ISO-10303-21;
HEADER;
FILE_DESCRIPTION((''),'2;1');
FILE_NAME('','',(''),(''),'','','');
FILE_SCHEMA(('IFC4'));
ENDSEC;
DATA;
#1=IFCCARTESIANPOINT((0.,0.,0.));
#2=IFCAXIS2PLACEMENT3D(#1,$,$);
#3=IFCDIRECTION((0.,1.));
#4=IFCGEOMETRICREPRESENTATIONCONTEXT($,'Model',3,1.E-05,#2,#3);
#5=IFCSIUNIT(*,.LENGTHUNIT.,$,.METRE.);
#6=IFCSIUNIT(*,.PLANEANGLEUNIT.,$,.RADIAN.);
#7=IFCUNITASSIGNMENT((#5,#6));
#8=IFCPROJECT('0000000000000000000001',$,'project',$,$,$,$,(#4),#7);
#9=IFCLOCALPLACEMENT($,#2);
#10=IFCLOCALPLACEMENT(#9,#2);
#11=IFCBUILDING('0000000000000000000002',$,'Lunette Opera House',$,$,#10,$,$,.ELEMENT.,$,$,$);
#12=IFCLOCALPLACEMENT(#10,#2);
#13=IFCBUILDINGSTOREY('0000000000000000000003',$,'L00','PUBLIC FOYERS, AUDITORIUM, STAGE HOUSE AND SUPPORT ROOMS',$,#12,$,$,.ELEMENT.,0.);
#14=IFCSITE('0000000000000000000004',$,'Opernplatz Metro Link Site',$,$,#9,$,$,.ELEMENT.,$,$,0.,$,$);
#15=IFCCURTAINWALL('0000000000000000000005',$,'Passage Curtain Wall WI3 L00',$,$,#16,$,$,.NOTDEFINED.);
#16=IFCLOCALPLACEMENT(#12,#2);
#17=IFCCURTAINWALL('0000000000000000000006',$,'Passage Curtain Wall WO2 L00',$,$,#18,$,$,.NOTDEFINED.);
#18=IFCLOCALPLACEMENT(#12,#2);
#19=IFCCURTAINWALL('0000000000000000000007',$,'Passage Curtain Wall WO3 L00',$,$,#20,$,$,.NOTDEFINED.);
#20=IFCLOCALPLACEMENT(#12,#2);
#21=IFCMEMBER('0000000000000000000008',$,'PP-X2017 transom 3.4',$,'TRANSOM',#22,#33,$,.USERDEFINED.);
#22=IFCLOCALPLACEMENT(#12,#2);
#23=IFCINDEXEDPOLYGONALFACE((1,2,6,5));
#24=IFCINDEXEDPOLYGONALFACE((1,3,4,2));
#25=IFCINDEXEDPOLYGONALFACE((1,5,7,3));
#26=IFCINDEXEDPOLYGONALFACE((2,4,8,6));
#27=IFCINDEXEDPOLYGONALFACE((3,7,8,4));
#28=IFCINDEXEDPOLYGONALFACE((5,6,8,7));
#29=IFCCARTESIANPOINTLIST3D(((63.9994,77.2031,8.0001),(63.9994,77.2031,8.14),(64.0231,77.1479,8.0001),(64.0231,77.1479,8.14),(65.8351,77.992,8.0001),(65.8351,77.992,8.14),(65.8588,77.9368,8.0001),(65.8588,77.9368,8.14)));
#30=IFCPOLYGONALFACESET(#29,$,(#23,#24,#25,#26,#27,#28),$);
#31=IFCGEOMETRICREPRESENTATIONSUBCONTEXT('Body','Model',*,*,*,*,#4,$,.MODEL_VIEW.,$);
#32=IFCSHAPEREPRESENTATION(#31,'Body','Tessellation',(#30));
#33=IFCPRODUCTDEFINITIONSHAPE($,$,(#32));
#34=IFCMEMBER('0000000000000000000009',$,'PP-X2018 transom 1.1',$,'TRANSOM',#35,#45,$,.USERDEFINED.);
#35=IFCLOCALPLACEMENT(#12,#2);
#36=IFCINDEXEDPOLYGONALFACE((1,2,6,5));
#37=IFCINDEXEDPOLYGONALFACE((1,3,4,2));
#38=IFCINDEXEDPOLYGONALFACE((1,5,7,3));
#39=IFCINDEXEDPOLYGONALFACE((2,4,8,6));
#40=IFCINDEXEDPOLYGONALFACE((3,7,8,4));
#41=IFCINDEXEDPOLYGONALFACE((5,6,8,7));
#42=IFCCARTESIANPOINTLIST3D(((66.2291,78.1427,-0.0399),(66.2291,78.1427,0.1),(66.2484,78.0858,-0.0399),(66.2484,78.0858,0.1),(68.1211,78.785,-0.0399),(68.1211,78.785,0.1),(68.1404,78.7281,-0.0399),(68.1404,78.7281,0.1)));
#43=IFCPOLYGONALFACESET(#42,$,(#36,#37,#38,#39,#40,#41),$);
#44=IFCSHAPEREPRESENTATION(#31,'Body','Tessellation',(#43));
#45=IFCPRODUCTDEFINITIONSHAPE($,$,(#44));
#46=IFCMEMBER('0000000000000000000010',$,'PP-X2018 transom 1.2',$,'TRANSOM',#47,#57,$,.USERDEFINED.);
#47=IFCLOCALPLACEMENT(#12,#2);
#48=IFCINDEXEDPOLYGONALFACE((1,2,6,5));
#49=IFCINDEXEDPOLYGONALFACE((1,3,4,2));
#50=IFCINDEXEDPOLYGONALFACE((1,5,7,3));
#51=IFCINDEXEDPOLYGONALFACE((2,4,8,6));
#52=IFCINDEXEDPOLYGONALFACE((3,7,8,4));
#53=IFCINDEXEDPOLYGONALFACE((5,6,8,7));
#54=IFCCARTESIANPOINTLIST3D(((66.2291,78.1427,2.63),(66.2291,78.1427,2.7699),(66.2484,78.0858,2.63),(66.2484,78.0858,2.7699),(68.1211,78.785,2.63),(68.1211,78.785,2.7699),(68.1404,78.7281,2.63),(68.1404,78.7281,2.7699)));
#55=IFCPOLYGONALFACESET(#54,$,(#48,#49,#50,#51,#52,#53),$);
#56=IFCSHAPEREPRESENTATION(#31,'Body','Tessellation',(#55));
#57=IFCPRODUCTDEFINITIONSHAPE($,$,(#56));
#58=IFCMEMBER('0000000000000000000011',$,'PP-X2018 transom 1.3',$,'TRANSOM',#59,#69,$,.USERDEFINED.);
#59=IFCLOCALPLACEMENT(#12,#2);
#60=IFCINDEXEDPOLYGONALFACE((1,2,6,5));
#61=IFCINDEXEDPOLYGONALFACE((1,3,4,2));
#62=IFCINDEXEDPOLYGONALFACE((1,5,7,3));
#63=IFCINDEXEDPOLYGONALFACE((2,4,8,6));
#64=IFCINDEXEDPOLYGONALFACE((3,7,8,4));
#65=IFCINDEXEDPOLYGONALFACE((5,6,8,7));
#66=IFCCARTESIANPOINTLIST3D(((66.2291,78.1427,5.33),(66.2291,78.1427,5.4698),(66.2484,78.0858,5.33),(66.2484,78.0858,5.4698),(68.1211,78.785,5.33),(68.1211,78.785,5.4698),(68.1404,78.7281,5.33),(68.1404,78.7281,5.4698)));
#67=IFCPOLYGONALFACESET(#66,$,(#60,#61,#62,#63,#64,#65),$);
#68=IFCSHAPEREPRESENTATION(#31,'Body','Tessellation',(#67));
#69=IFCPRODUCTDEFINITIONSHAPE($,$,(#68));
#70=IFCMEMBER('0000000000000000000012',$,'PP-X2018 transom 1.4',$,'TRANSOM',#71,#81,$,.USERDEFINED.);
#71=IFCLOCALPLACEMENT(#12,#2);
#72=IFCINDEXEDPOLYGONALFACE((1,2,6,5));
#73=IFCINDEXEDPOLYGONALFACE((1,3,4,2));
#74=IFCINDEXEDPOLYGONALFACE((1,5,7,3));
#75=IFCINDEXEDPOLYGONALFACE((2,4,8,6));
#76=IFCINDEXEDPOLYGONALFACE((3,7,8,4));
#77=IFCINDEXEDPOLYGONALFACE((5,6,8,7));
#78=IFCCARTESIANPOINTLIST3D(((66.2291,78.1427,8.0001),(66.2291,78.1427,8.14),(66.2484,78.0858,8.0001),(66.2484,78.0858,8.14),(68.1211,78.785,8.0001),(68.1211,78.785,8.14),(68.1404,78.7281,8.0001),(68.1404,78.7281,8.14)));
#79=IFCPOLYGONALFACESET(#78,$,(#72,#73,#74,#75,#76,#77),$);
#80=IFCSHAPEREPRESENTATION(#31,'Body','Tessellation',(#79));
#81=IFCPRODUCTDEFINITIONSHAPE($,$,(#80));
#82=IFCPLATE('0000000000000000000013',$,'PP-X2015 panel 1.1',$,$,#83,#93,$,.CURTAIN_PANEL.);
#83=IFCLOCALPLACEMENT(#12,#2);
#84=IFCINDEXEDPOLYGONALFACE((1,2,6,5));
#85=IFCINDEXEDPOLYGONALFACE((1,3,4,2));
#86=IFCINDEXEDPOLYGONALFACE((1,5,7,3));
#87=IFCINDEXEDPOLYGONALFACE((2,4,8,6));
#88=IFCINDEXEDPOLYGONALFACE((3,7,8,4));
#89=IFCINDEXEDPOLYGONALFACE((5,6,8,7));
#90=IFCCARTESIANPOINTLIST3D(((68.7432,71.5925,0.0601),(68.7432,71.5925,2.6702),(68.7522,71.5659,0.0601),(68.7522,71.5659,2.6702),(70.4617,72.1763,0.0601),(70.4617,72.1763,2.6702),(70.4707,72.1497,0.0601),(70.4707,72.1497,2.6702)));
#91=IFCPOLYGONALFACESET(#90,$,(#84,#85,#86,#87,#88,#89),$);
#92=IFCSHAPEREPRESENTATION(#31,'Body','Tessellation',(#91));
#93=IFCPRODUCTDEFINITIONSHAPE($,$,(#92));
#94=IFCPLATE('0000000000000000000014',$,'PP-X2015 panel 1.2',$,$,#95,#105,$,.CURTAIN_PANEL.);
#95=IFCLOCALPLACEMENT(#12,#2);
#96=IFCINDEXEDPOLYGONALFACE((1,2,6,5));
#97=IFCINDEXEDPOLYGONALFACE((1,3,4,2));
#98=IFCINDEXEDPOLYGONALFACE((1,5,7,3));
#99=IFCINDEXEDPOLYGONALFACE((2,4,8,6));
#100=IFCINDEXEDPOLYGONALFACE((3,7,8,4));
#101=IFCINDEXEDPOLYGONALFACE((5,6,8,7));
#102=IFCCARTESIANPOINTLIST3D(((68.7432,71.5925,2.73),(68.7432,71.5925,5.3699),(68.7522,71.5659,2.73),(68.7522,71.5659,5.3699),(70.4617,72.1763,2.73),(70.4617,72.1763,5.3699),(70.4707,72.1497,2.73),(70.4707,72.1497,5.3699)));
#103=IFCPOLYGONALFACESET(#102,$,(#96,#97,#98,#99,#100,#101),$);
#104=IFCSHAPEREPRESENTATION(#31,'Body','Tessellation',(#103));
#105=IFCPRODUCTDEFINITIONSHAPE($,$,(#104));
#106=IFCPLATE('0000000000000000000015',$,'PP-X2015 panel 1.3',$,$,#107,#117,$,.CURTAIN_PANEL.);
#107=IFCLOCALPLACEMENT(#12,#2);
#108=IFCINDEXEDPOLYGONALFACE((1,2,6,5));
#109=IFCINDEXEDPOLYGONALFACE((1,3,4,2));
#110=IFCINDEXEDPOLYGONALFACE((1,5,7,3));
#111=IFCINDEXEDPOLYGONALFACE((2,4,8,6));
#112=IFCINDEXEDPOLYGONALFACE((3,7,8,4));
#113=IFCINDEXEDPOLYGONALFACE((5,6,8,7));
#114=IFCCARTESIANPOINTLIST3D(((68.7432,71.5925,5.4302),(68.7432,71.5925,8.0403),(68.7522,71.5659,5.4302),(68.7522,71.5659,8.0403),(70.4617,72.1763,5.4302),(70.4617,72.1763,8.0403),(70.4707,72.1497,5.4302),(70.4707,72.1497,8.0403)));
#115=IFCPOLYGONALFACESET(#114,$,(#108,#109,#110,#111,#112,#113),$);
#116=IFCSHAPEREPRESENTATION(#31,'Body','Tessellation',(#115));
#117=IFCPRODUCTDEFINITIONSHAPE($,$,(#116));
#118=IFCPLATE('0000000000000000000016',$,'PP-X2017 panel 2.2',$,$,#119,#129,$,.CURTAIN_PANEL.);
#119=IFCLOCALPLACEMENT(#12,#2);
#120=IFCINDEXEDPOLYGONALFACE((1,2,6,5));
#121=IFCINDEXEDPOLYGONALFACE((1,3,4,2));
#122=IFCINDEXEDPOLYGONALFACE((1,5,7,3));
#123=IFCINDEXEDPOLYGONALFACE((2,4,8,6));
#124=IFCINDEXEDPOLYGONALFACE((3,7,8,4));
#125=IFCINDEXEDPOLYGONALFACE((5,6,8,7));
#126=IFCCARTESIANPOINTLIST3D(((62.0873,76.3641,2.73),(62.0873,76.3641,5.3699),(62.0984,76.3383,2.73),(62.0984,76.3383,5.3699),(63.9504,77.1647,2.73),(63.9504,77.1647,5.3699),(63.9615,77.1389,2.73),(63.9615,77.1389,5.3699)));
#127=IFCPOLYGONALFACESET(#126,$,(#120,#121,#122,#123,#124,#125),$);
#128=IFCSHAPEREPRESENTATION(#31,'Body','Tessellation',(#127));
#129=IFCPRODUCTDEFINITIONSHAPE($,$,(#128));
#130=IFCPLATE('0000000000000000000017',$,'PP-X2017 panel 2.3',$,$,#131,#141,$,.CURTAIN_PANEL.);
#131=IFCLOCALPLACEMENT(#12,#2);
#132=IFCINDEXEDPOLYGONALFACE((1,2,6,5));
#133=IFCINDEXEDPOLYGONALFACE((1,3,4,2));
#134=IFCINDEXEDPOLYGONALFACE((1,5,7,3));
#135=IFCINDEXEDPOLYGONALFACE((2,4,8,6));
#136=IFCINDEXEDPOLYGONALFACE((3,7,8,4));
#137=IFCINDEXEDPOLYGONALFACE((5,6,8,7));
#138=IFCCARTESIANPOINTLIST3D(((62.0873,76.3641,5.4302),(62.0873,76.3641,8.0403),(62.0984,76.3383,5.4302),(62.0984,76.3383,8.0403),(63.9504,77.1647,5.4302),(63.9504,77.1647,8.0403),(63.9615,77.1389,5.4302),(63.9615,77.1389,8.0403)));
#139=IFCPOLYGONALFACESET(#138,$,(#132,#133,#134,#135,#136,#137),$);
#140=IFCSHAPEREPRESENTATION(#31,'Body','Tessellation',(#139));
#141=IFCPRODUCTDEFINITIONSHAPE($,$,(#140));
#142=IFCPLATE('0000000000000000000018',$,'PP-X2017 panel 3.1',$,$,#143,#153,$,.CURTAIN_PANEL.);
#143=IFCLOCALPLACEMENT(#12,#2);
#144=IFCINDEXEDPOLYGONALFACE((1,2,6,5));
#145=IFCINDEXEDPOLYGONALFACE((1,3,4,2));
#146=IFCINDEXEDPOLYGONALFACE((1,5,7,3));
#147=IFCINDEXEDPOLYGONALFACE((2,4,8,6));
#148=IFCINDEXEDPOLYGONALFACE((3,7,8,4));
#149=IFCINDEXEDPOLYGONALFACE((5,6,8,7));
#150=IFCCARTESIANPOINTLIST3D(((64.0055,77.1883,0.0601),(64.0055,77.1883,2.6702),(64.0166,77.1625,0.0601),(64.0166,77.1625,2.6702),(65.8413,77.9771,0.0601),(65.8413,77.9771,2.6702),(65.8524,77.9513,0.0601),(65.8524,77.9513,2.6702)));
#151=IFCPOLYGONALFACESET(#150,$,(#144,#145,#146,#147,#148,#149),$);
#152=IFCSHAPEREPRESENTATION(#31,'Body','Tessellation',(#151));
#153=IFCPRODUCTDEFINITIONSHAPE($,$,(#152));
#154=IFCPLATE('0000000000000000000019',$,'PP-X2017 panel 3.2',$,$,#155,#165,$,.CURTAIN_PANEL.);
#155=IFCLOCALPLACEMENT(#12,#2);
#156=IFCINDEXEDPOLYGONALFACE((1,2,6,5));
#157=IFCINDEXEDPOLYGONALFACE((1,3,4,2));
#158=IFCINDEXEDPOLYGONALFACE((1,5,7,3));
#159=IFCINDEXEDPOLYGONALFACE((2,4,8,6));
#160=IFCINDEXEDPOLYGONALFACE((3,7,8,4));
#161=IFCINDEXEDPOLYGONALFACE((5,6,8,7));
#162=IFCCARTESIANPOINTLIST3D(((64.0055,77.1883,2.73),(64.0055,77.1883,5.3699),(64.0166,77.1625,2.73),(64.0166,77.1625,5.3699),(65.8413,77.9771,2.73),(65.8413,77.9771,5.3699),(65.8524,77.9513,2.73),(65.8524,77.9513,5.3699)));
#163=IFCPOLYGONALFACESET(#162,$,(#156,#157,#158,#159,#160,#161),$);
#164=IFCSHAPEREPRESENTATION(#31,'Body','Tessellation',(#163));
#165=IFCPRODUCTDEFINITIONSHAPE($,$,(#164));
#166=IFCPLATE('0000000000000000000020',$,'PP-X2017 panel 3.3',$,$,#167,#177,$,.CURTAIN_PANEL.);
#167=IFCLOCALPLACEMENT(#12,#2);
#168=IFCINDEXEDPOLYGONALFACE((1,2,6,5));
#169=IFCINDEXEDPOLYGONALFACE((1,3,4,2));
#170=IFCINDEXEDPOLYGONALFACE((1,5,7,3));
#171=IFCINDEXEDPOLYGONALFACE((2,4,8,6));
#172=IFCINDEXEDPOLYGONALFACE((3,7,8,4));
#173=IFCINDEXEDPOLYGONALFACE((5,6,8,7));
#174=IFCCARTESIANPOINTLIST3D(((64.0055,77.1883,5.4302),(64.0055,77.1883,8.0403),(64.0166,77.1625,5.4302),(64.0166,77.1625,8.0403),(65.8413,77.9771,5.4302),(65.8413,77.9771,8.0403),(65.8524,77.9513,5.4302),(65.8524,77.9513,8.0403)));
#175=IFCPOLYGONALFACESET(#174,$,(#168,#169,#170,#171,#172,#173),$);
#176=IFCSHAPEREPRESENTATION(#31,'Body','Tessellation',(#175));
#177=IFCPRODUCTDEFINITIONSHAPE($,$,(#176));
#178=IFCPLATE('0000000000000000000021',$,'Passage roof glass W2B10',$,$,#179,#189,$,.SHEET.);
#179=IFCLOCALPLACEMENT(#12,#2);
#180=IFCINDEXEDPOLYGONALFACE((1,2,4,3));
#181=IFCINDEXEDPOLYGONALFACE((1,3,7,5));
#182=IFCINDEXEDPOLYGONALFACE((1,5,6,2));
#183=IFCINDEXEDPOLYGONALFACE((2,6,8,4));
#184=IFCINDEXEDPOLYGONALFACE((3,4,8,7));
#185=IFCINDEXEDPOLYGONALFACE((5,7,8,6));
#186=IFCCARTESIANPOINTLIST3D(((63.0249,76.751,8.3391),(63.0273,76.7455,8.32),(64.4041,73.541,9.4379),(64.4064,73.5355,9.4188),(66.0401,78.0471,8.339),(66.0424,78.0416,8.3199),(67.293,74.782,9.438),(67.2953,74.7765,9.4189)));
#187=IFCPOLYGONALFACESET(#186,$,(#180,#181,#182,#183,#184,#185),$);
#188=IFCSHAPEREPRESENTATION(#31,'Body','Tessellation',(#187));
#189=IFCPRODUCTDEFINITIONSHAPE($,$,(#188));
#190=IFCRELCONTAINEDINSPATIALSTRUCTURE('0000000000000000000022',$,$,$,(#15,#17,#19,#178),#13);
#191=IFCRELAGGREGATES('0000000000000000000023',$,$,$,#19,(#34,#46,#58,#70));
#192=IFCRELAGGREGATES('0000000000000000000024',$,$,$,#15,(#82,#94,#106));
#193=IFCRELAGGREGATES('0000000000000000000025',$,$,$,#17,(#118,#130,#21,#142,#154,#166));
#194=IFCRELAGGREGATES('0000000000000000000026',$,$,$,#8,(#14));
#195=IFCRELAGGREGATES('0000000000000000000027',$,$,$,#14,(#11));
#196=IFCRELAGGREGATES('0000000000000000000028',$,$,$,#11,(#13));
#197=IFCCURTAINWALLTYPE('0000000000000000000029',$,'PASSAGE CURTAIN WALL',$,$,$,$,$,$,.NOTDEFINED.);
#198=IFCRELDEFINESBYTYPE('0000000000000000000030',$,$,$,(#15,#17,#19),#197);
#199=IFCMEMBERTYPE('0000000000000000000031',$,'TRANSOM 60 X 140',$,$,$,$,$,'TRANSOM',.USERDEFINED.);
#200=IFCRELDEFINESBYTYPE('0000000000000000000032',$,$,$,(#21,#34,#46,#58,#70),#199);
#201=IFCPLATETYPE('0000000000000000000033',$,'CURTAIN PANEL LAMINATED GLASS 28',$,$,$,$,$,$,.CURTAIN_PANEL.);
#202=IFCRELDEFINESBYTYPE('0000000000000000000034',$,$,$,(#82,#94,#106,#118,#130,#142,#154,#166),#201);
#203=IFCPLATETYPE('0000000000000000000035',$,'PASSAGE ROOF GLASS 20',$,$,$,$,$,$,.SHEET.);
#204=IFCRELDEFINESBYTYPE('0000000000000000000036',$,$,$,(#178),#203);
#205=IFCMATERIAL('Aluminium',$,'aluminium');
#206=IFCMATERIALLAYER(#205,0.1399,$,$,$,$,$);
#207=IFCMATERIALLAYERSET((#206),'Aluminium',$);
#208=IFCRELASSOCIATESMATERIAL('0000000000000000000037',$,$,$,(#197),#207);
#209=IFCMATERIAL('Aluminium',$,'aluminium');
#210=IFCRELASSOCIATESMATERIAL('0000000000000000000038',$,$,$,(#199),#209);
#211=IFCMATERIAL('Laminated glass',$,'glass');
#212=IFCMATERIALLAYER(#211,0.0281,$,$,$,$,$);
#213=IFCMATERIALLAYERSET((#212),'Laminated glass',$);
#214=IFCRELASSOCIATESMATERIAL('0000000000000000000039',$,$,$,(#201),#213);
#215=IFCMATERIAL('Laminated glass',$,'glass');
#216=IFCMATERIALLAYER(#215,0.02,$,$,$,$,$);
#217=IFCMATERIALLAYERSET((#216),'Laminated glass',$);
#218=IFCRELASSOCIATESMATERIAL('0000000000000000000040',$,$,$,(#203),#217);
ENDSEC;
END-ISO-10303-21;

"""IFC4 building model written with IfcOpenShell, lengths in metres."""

from ifc_helpers import new_model, si_unit, direction, frame, origin, origin_2d, place, context, subcontext, project, spatial, polyline, rectangle, outline, extrude, material, layer, layer_set, material_profile, profile_set, type_object, element, aggregate, save


model = new_model("IFC4")

# Units and contexts
model_context = context("Model", 3, precision=1e-05, world=origin(), true_north=direction((0.0, 1.0)))
body_context = subcontext(model_context, "Body", "Model", "MODEL_VIEW")
ifc_project = project(units=[si_unit("LENGTHUNIT", "METRE"), si_unit("PLANEANGLEUNIT", "RADIAN")], contexts=[model_context])

# Site, building, storey
site_placement = place(None, origin())
site = spatial("IfcSite", under=ifc_project, at=site_placement, Name="Opernplatz Metro Link Site", CompositionType="ELEMENT", RefElevation=0.0)
building_placement = place(site_placement, origin())
building = spatial("IfcBuilding", under=site, at=building_placement, Name="Lunette Opera House", CompositionType="ELEMENT")
storey_placement = place(building_placement, origin())
storey = spatial("IfcBuildingStorey", under=building, at=storey_placement, Name="L00", Description="PUBLIC FOYERS, AUDITORIUM, STAGE HOUSE AND SUPPORT ROOMS", CompositionType="ELEMENT", Elevation=0.0)

# Curtain wall
ifc_material_1 = material(Name="Aluminium", Category="aluminium")
ifc_layer_1 = layer(ifc_material_1, 0.1399)
ifc_layer_set_1 = layer_set([ifc_layer_1], Name="Aluminium")
curtain_wall_type = type_object("IfcCurtainWallType", Name="PASSAGE CURTAIN WALL", PredefinedType="NOTDEFINED", material=ifc_layer_set_1)
curtain_wall_1_placement = place(storey_placement, origin())
curtain_wall_1 = element("IfcCurtainWall", 1, at=curtain_wall_1_placement, inside=storey, type_object=curtain_wall_type, Name="Passage Curtain Wall WI3 L00", PredefinedType="NOTDEFINED")

# Curtain wall
curtain_wall_2_placement = place(storey_placement, origin())
curtain_wall_2 = element("IfcCurtainWall", 2, at=curtain_wall_2_placement, inside=storey, type_object=curtain_wall_type, Name="Passage Curtain Wall WO2 L00", PredefinedType="NOTDEFINED")

# Curtain wall
curtain_wall_3_placement = place(storey_placement, origin())
curtain_wall_3 = element("IfcCurtainWall", 3, at=curtain_wall_3_placement, inside=storey, type_object=curtain_wall_type, Name="Passage Curtain Wall WO3 L00", PredefinedType="NOTDEFINED")

# Members
ifc_material_2 = material(Name="Aluminium", Category="aluminium")
ifc_material_profile_1 = material_profile(ifc_material_2, rectangle(XDim=0.0601, YDim=0.1399, at=origin_2d()), Name="TRANSOM 60 X 140")
ifc_profile_set_1 = profile_set([ifc_material_profile_1], Name="Aluminium")
member_type_1 = type_object("IfcMemberType", Name="TRANSOM 60 X 140", ElementType="TRANSOM", PredefinedType="USERDEFINED", material=ifc_profile_set_1)
member_1_placement = place(storey_placement, frame((64.0112, 77.1755, 8.0701), z_axis=(0.918765, 0.394804, 0.0), x_axis=(-0.394804, 0.918765, 0.0)))
member_1 = element("IfcMember", 4, at=member_1_placement, type_object=member_type_1, Name="PP-X2017 transom 3.4", ObjectType="TRANSOM", PredefinedType="USERDEFINED", context=body_context, shape_type="SweptSolid", body=[
    extrude(rectangle(XDim=0.0601, YDim=0.1399, at=origin_2d()), origin(), (0.0, 0.0, 1.0), 1.998),
])
member_2_placement = place(storey_placement, frame((66.2388, 78.1143, 0.03), z_axis=(0.946922, 0.321465, 0.0), x_axis=(-0.321465, 0.946922, 0.0)))
member_2 = element("IfcMember", 5, at=member_2_placement, type_object=member_type_1, Name="PP-X2018 transom 1.1", ObjectType="TRANSOM", PredefinedType="USERDEFINED", context=body_context, shape_type="SweptSolid", body=[
    extrude(rectangle(XDim=0.0601, YDim=0.1399, at=origin_2d()), origin(), (0.0, 0.0, 1.0), 1.998),
])
member_3_placement = place(storey_placement, frame((66.2388, 78.1143, 2.7), z_axis=(0.946922, 0.321465, 0.0), x_axis=(-0.321465, 0.946922, 0.0)))
member_3 = element("IfcMember", 6, at=member_3_placement, type_object=member_type_1, Name="PP-X2018 transom 1.2", ObjectType="TRANSOM", PredefinedType="USERDEFINED", context=body_context, shape_type="SweptSolid", body=[
    extrude(rectangle(XDim=0.0601, YDim=0.1399, at=origin_2d()), origin(), (0.0, 0.0, 1.0), 1.998),
])
member_4_placement = place(storey_placement, frame((66.2388, 78.1143, 5.3999), z_axis=(0.946922, 0.321465, 0.0), x_axis=(-0.321465, 0.946922, 0.0)))
member_4 = element("IfcMember", 7, at=member_4_placement, type_object=member_type_1, Name="PP-X2018 transom 1.3", ObjectType="TRANSOM", PredefinedType="USERDEFINED", context=body_context, shape_type="SweptSolid", body=[
    extrude(rectangle(XDim=0.0601, YDim=0.1399, at=origin_2d()), origin(), (0.0, 0.0, 1.0), 1.998),
])
member_5_placement = place(storey_placement, frame((66.2388, 78.1143, 8.0701), z_axis=(0.946922, 0.321465, 0.0), x_axis=(-0.321465, 0.946922, 0.0)))
member_5 = element("IfcMember", 8, at=member_5_placement, type_object=member_type_1, Name="PP-X2018 transom 1.4", ObjectType="TRANSOM", PredefinedType="USERDEFINED", context=body_context, shape_type="SweptSolid", body=[
    extrude(rectangle(XDim=0.0601, YDim=0.1399, at=origin_2d()), origin(), (0.0, 0.0, 1.0), 1.998),
])
aggregate(curtain_wall_3, [member_2, member_3, member_4, member_5])

# Plates
ifc_material_3 = material(Name="Laminated glass", Category="glass")
ifc_layer_2 = layer(ifc_material_3, 0.0281)
ifc_layer_set_2 = layer_set([ifc_layer_2], Name="Laminated glass")
plate_type_1 = type_object("IfcPlateType", Name="CURTAIN PANEL LAMINATED GLASS 28", PredefinedType="CURTAIN_PANEL", material=ifc_layer_set_2)
plate_1_placement = place(storey_placement, frame((69.6069, 71.8711, 0.0601), z_axis=(0.0, 0.0, 1.0), x_axis=(0.946866, 0.32163, 0.0)))
plate_1 = element("IfcPlate", 9, at=plate_1_placement, type_object=plate_type_1, Name="PP-X2015 panel 1.1", PredefinedType="CURTAIN_PANEL", context=body_context, shape_type="SweptSolid", body=[
    extrude(rectangle(XDim=1.8149, YDim=0.0281, at=origin_2d()), origin(), (0.0, 0.0, 1.0), 2.6101),
])
plate_2_placement = place(storey_placement, frame((69.6069, 71.8711, 2.73), z_axis=(0.0, 0.0, 1.0), x_axis=(0.946866, 0.32163, 0.0)))
plate_2 = element("IfcPlate", 10, at=plate_2_placement, type_object=plate_type_1, Name="PP-X2015 panel 1.2", PredefinedType="CURTAIN_PANEL", context=body_context, shape_type="SweptSolid", body=[
    extrude(rectangle(XDim=1.8149, YDim=0.0281, at=origin_2d()), origin(), (0.0, 0.0, 1.0), 2.6399),
])
plate_3_placement = place(storey_placement, frame((69.6069, 71.8711, 5.4302), z_axis=(0.0, 0.0, 1.0), x_axis=(0.946866, 0.32163, 0.0)))
plate_3 = element("IfcPlate", 11, at=plate_3_placement, type_object=plate_type_1, Name="PP-X2015 panel 1.3", PredefinedType="CURTAIN_PANEL", context=body_context, shape_type="SweptSolid", body=[
    extrude(rectangle(XDim=1.8149, YDim=0.0281, at=origin_2d()), origin(), (0.0, 0.0, 1.0), 2.6101),
])
aggregate(curtain_wall_1, [plate_1, plate_2, plate_3])
plate_4_placement = place(storey_placement, frame((63.0244, 76.7515, 2.73), z_axis=(0.0, 0.0, 1.0), x_axis=(0.918765, 0.394805, 0.0)))
plate_4 = element("IfcPlate", 12, at=plate_4_placement, type_object=plate_type_1, Name="PP-X2017 panel 2.2", PredefinedType="CURTAIN_PANEL", context=body_context, shape_type="SweptSolid", body=[
    extrude(rectangle(XDim=2.0278, YDim=0.0281, at=origin_2d()), origin(), (0.0, 0.0, 1.0), 2.6399),
])
plate_5_placement = place(storey_placement, frame((63.0244, 76.7515, 5.4302), z_axis=(0.0, 0.0, 1.0), x_axis=(0.918765, 0.394805, 0.0)))
plate_5 = element("IfcPlate", 13, at=plate_5_placement, type_object=plate_type_1, Name="PP-X2017 panel 2.3", PredefinedType="CURTAIN_PANEL", context=body_context, shape_type="SweptSolid", body=[
    extrude(rectangle(XDim=2.0278, YDim=0.0281, at=origin_2d()), origin(), (0.0, 0.0, 1.0), 2.6101),
])
plate_6_placement = place(storey_placement, frame((64.929, 77.5698, 0.0601), z_axis=(0.0, 0.0, 1.0), x_axis=(0.918765, 0.394805, 0.0)))
plate_6 = element("IfcPlate", 14, at=plate_6_placement, type_object=plate_type_1, Name="PP-X2017 panel 3.1", PredefinedType="CURTAIN_PANEL", context=body_context, shape_type="SweptSolid", body=[
    extrude(rectangle(XDim=1.998, YDim=0.0281, at=origin_2d()), origin(), (0.0, 0.0, 1.0), 2.6101),
])
plate_7_placement = place(storey_placement, frame((64.929, 77.5698, 2.73), z_axis=(0.0, 0.0, 1.0), x_axis=(0.918765, 0.394805, 0.0)))
plate_7 = element("IfcPlate", 15, at=plate_7_placement, type_object=plate_type_1, Name="PP-X2017 panel 3.2", PredefinedType="CURTAIN_PANEL", context=body_context, shape_type="SweptSolid", body=[
    extrude(rectangle(XDim=1.998, YDim=0.0281, at=origin_2d()), origin(), (0.0, 0.0, 1.0), 2.6399),
])
plate_8_placement = place(storey_placement, frame((64.929, 77.5698, 5.4302), z_axis=(0.0, 0.0, 1.0), x_axis=(0.918765, 0.394805, 0.0)))
plate_8 = element("IfcPlate", 16, at=plate_8_placement, type_object=plate_type_1, Name="PP-X2017 panel 3.3", PredefinedType="CURTAIN_PANEL", context=body_context, shape_type="SweptSolid", body=[
    extrude(rectangle(XDim=1.998, YDim=0.0281, at=origin_2d()), origin(), (0.0, 0.0, 1.0), 2.6101),
])
aggregate(curtain_wall_2, [plate_4, plate_5, member_1, plate_6, plate_7, plate_8])

# Plate
ifc_material_4 = material(Name="Laminated glass", Category="glass")
ifc_layer_3 = layer(ifc_material_4, 0.02)
ifc_layer_set_3 = layer_set([ifc_layer_3], Name="Laminated glass")
plate_type_2 = type_object("IfcPlateType", Name="PASSAGE ROOF GLASS 20", PredefinedType="SHEET", material=ifc_layer_set_3)
plate_9_placement = place(storey_placement, frame((63.0249, 76.751, 8.3391), z_axis=(-0.118446, 0.275634, 0.953937), x_axis=(0.918714, 0.394923, -0.000037)))
element("IfcPlate", 17, at=plate_9_placement, inside=storey, type_object=plate_type_2, Name="Passage roof glass W2B10", PredefinedType="SHEET", context=body_context, shape_type="SweptSolid", body=[
    extrude(outline(polyline([(0.0, 0.0), (3.2819, 0.0), (3.1435, -3.6632), (-0.0007, -3.6624), (0.0, 0.0)])), origin(), (0.0, 0.0, -1.0), 0.02),
])

save(model, "model.ifc")
